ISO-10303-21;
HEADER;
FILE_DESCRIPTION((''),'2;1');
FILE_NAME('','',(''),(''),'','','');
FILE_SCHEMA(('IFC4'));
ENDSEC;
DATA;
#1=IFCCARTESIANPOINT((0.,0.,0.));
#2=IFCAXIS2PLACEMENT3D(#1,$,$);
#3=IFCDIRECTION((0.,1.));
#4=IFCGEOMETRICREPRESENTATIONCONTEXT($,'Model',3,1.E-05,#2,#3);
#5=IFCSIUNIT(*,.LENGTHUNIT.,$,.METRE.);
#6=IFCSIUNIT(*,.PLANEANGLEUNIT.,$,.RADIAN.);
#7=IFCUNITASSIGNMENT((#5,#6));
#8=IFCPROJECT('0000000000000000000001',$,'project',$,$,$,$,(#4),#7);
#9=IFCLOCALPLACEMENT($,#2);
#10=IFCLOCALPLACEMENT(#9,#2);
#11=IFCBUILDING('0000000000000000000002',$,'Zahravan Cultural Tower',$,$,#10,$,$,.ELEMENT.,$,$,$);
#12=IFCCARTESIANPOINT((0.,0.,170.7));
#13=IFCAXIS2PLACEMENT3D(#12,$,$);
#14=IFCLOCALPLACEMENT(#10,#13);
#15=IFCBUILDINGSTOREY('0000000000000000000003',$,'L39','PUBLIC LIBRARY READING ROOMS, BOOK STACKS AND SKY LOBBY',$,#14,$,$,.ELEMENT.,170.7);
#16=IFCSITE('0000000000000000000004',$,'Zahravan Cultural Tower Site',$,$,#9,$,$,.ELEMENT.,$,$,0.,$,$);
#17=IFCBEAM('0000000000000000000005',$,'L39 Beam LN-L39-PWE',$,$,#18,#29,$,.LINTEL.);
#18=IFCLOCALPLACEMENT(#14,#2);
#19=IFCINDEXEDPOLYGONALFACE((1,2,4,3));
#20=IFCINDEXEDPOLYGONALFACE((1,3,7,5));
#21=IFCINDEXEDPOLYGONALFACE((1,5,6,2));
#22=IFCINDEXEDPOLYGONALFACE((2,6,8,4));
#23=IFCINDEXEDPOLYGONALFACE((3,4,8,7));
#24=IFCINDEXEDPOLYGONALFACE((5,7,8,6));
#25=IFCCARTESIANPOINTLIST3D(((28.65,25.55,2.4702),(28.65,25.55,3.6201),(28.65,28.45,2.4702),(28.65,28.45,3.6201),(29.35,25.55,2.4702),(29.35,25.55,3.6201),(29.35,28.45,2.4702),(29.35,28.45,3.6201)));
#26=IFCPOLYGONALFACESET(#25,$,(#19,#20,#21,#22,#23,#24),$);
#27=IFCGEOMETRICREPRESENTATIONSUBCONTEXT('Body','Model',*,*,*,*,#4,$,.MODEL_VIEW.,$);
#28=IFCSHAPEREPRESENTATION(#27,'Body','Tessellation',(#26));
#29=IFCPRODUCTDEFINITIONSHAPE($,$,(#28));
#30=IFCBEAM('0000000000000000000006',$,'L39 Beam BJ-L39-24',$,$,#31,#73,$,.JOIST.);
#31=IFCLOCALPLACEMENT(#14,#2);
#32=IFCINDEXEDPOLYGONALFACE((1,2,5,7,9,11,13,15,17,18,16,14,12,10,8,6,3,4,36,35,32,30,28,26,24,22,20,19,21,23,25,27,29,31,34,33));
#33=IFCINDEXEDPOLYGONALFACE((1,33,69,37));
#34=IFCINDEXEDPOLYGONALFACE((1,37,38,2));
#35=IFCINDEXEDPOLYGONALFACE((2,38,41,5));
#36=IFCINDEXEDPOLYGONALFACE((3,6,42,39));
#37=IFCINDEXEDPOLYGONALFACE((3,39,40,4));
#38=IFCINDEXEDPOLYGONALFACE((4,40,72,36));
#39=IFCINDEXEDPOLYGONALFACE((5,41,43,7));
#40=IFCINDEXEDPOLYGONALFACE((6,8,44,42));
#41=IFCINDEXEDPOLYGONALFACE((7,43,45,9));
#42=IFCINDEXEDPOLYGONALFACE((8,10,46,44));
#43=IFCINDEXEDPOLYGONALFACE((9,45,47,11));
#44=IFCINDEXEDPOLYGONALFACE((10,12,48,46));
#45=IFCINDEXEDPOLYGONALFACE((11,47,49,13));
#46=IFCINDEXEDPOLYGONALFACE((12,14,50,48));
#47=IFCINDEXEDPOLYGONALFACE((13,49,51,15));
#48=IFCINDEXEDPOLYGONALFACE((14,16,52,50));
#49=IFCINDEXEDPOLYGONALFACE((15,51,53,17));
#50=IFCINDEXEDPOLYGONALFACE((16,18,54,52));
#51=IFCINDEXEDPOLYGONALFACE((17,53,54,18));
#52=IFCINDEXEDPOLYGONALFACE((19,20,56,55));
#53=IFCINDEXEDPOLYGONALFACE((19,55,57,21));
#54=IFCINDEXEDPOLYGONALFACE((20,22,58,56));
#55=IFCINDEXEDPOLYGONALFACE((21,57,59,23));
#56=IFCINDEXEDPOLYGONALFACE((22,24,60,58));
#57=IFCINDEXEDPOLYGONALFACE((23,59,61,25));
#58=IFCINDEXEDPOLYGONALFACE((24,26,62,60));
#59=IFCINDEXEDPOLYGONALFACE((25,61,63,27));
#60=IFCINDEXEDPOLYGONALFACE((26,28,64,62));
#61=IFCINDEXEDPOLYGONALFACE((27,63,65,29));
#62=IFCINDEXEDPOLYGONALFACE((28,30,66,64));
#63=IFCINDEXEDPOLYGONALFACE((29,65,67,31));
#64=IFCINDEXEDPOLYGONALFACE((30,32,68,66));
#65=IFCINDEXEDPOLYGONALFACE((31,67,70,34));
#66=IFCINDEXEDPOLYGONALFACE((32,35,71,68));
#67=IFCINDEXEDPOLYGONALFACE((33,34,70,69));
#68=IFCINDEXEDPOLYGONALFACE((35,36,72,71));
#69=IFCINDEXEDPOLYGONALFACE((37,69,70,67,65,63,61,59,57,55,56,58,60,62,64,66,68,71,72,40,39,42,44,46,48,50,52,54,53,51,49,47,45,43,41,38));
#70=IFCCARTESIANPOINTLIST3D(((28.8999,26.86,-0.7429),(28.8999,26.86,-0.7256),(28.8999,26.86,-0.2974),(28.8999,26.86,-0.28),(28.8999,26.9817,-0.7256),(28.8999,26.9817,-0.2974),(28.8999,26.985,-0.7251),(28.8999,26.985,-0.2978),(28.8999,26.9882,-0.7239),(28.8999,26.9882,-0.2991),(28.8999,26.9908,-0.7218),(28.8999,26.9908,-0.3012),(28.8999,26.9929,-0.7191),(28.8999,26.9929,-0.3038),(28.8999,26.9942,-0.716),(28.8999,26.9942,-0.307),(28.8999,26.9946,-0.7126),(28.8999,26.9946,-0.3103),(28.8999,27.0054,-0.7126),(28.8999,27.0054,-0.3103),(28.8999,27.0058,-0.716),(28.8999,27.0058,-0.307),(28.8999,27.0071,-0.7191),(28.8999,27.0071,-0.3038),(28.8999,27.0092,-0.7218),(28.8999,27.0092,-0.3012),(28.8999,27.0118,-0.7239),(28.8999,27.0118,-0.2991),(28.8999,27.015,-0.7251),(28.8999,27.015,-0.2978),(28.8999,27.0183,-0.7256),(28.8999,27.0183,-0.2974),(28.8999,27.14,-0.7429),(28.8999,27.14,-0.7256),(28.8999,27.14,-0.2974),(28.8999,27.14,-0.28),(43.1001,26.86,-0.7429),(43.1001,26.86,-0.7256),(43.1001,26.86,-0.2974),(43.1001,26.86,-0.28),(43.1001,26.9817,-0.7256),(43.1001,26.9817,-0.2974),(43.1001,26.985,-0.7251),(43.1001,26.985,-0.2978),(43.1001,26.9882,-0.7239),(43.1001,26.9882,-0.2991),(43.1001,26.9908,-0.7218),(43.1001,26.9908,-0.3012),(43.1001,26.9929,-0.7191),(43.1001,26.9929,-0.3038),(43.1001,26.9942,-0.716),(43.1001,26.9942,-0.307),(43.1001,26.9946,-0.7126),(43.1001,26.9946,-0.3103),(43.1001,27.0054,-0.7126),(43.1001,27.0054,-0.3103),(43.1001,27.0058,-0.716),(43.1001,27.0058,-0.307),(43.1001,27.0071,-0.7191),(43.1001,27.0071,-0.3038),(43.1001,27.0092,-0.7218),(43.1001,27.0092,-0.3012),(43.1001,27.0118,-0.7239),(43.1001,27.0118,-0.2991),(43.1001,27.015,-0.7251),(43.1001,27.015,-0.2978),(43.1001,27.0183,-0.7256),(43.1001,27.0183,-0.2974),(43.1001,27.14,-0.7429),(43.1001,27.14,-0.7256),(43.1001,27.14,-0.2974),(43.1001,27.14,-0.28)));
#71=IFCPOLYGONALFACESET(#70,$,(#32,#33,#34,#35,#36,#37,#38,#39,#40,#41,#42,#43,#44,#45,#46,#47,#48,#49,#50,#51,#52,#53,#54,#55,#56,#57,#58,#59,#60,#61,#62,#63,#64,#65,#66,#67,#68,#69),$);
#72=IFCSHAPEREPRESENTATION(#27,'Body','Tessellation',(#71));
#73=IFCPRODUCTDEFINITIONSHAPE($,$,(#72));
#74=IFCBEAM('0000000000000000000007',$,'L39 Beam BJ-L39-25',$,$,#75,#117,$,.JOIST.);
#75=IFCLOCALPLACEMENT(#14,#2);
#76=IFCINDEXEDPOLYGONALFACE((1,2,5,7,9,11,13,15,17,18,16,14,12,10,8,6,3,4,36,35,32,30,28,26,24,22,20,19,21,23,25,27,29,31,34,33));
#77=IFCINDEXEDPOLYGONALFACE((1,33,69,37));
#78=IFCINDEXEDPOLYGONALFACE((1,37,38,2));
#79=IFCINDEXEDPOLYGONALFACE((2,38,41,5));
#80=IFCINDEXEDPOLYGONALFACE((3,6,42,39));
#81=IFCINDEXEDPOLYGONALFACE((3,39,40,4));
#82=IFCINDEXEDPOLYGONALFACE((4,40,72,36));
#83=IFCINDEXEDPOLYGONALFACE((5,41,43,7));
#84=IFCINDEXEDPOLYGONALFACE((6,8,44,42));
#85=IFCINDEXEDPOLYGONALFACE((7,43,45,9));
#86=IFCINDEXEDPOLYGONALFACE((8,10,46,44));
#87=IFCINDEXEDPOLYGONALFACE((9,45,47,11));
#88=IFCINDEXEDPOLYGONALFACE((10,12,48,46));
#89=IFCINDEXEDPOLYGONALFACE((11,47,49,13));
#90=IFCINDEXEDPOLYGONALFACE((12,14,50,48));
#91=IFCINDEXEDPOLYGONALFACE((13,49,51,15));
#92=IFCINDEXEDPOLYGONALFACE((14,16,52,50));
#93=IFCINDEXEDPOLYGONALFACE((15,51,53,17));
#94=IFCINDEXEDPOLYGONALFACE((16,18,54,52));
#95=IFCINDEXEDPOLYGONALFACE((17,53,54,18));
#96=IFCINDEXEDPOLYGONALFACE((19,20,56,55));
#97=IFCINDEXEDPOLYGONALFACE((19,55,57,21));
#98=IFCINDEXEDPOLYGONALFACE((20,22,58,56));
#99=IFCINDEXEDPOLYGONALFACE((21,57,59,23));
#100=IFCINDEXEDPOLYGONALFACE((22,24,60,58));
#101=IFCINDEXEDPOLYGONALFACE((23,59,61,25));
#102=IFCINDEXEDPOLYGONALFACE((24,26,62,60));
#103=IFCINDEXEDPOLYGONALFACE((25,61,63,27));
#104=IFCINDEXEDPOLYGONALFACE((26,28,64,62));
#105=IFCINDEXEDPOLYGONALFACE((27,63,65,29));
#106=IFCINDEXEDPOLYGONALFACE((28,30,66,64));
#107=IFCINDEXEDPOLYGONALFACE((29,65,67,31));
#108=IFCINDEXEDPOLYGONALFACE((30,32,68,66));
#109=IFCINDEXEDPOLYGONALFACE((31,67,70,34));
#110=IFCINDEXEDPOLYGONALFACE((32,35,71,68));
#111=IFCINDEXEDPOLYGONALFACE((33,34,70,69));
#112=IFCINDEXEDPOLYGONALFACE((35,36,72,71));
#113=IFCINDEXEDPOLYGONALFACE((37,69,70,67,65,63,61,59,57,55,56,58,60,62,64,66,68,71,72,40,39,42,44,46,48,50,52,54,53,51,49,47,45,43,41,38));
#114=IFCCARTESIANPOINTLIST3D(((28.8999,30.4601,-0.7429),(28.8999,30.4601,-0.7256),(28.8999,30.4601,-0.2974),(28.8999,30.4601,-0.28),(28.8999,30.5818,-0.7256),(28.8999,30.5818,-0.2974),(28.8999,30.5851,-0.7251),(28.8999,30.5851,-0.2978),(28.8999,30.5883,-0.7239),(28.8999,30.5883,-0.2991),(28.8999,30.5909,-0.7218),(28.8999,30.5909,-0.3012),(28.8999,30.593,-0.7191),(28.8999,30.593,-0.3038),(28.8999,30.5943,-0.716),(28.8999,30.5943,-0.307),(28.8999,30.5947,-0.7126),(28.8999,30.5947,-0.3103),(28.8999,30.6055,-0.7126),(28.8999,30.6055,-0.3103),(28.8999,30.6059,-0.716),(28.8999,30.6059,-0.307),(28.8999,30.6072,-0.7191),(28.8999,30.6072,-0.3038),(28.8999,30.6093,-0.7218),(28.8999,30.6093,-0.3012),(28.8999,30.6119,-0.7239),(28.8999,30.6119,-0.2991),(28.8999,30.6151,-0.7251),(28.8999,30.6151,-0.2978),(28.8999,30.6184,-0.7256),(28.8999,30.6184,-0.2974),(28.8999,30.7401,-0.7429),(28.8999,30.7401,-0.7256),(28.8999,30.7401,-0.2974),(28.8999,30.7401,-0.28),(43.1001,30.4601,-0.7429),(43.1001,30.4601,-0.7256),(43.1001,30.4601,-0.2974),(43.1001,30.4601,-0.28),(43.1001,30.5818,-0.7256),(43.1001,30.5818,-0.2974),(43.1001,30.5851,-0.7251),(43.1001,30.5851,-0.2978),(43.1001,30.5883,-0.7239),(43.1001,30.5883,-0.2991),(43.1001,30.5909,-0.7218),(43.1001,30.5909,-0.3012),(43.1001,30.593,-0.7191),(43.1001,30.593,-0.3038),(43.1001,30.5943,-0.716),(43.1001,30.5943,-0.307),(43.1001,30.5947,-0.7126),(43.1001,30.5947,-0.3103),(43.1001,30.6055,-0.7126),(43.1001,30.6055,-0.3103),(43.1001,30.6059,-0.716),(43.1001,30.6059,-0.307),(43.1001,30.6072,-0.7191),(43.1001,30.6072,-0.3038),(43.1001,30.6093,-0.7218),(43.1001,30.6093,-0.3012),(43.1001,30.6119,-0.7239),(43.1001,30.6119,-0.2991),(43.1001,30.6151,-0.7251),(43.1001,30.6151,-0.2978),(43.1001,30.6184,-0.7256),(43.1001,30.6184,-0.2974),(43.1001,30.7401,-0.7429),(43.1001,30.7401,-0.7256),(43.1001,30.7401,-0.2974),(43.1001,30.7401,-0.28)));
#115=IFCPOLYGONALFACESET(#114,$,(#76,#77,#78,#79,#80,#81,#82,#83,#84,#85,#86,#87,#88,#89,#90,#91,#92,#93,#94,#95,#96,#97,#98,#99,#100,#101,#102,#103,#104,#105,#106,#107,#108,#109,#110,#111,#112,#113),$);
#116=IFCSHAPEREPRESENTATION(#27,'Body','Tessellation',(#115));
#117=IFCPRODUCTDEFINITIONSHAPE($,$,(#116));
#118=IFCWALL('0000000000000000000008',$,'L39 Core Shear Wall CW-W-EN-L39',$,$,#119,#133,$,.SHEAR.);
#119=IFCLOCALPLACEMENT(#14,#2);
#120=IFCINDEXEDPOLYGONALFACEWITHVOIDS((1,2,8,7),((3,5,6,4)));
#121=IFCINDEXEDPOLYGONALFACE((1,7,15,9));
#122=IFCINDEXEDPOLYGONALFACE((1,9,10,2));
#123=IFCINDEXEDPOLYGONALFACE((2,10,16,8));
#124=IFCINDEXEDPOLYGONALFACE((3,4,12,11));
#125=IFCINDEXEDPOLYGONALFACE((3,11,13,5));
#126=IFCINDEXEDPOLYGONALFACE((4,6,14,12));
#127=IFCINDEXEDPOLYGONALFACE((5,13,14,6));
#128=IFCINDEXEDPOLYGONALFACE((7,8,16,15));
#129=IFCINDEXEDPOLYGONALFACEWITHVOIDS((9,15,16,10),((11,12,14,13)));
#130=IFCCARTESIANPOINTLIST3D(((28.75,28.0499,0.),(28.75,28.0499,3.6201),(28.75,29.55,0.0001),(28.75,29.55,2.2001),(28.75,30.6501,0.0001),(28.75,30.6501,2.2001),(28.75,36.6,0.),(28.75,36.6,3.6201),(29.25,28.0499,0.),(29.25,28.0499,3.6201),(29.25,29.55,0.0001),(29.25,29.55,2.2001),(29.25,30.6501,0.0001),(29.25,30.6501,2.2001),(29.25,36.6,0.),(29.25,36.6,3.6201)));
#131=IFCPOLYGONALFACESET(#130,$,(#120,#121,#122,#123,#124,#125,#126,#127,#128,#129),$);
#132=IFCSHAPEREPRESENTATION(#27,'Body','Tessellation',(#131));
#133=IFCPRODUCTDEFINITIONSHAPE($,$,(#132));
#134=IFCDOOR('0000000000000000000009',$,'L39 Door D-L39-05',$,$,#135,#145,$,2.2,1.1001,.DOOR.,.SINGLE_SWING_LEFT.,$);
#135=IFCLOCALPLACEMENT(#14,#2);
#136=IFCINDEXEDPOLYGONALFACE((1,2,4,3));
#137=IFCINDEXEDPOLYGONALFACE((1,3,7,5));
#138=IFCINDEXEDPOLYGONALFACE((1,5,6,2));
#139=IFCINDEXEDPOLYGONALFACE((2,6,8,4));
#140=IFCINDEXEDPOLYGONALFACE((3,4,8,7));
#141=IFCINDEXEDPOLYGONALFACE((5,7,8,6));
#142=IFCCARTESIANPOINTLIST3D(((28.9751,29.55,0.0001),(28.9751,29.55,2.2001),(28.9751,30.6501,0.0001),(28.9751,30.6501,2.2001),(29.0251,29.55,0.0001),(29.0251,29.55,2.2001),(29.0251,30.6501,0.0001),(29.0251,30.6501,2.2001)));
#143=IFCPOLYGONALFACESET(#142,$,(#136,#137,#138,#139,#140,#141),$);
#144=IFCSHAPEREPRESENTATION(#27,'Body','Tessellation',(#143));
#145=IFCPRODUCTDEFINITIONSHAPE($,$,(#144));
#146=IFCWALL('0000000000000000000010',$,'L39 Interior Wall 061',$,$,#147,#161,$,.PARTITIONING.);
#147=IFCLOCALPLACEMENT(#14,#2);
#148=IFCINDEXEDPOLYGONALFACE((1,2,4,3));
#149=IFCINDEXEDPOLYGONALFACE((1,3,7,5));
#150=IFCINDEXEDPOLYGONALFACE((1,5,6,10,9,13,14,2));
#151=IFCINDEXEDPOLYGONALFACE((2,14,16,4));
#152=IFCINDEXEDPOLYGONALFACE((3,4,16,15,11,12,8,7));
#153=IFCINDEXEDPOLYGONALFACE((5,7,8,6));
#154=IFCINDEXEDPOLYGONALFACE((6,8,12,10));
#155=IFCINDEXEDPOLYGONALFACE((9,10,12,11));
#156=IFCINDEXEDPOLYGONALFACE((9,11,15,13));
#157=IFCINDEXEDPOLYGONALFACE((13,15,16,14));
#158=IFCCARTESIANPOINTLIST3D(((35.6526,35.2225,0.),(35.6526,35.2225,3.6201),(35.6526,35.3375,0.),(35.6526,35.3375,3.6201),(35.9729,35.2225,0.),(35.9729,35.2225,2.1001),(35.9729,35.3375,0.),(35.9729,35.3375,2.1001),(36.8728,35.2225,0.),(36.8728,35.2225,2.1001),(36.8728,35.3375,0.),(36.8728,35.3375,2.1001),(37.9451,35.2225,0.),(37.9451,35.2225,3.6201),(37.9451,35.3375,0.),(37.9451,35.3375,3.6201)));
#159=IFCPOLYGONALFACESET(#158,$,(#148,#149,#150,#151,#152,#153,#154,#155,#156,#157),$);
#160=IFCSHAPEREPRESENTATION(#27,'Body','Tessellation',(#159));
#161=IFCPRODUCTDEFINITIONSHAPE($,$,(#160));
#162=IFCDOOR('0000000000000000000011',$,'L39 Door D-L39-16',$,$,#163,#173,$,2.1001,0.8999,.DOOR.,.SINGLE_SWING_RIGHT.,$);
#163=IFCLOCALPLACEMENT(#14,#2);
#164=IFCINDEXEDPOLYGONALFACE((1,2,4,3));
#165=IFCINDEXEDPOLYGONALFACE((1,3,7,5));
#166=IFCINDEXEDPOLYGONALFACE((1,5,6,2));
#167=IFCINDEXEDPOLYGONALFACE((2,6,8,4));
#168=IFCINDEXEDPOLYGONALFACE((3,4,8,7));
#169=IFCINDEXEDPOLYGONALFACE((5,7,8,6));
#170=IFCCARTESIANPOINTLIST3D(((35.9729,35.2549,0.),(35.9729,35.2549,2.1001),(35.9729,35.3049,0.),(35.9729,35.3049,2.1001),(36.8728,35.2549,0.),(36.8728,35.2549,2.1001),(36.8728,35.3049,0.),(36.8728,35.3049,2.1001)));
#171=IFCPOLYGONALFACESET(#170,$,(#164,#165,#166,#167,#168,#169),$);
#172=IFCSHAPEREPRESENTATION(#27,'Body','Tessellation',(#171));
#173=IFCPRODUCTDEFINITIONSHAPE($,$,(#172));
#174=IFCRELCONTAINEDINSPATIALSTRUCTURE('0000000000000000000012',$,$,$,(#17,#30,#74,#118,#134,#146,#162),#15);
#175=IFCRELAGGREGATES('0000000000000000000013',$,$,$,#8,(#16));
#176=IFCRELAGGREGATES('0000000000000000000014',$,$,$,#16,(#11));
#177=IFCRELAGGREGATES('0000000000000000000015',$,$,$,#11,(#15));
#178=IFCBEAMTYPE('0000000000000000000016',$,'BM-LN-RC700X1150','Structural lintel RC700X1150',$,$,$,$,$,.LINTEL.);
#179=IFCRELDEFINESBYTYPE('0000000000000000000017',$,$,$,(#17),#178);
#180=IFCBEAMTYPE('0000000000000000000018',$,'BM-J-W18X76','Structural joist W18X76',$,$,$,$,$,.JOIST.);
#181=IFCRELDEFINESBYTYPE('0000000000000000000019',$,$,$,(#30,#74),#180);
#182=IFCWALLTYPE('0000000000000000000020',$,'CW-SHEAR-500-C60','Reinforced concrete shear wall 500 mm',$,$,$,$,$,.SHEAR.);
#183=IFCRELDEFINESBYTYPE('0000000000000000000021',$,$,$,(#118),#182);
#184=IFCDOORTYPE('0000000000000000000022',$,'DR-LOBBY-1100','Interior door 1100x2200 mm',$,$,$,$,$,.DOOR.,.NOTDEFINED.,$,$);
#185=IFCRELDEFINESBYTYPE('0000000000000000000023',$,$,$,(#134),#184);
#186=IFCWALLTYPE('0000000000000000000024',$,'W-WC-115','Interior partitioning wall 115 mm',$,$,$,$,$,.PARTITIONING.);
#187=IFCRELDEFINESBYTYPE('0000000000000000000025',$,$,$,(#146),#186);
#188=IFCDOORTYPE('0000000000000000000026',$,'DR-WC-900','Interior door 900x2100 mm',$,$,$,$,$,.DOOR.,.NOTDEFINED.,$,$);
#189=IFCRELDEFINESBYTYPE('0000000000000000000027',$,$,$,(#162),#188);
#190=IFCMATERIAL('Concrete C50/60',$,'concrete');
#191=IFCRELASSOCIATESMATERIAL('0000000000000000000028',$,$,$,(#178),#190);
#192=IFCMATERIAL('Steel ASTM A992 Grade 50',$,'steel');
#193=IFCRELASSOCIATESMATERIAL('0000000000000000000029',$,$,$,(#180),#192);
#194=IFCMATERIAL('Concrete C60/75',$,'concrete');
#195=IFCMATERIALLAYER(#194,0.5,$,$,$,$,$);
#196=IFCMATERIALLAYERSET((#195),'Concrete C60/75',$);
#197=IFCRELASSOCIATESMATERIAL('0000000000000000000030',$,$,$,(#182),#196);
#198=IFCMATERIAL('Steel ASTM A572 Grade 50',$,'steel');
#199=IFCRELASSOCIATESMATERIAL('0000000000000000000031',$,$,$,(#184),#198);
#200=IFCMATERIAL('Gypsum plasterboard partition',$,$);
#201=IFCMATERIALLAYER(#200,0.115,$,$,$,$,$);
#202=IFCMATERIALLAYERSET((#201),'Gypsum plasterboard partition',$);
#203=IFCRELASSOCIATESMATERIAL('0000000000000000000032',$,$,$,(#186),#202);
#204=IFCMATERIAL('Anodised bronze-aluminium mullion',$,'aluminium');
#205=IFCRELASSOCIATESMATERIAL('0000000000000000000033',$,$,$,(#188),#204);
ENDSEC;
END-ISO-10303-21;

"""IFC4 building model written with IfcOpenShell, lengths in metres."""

from ifc_helpers import new_model, si_unit, direction, frame, frame_2d, origin, origin_2d, place, context, subcontext, project, spatial, rectangle, i_section, extrude, source, transform, mapped, material, layer, layer_set, material_profile, profile_set, type_object, element, fill, save


model = new_model("IFC4")

# Units and contexts
model_context = context("Model", 3, precision=1e-05, world=origin(), true_north=direction((0.0, 1.0)))
body_context = subcontext(model_context, "Body", "Model", "MODEL_VIEW")
ifc_project = project(units=[si_unit("LENGTHUNIT", "METRE"), si_unit("PLANEANGLEUNIT", "RADIAN")], contexts=[model_context])

# Site, building, storey
site_placement = place(None, origin())
site = spatial("IfcSite", under=ifc_project, at=site_placement, Name="Zahravan Cultural Tower Site", CompositionType="ELEMENT", RefElevation=0.0)
building_placement = place(site_placement, origin())
building = spatial("IfcBuilding", under=site, at=building_placement, Name="Zahravan Cultural Tower", CompositionType="ELEMENT")
storey_placement = place(building_placement, frame((0.0, 0.0, 170.7)))
storey = spatial("IfcBuildingStorey", under=building, at=storey_placement, Name="L39", Description="PUBLIC LIBRARY READING ROOMS, BOOK STACKS AND SKY LOBBY", CompositionType="ELEMENT", Elevation=170.7)

# Beams
ifc_material_1 = material(Name="Concrete C50/60", Category="concrete")
ifc_material_profile_1 = material_profile(ifc_material_1, rectangle(XDim=0.7, YDim=1.1499, at=origin_2d()), Name="RC700X1150")
ifc_profile_set_1 = profile_set([ifc_material_profile_1], Name="Concrete C50/60")
beam_type_1 = type_object("IfcBeamType", Name="BM-LN-RC700X1150", Description="Structural lintel RC700X1150", PredefinedType="LINTEL", material=ifc_profile_set_1)
shared_shape_1 = source(origin(), body_context, "Body", "SweptSolid", [
    extrude(rectangle(XDim=0.7, YDim=1.1499, at=origin_2d()), origin(), (0.0, 0.0, 1.0), 2.8999),
])
beam_placement = place(storey_placement, frame((29.0, 25.55, 3.0452), z_axis=(0.0, 1.0, 0.0), x_axis=(-1.0, 0.0, 0.0)))
element("IfcBeam", 1, at=beam_placement, inside=storey, type_object=beam_type_1, Name="L39 Beam LN-L39-PWE", PredefinedType="LINTEL", context=body_context, shape_type="MappedRepresentation", body=[
    mapped(shared_shape_1, transform((0.0, 0.0, 0.0), x_axis=(1.0, 0.0, 0.0), y_axis=(0.0, 1.0, 0.0), z_axis=(0.0, 0.0, 1.0), scale=1.0)),
])
ifc_material_2 = material(Name="Steel ASTM A992 Grade 50", Category="steel")
ifc_material_profile_2 = material_profile(ifc_material_2, i_section(OverallWidth=0.28, OverallDepth=0.4629, WebThickness=0.0107, FlangeThickness=0.0173, FilletRadius=0.0129, at=origin_2d()), Name="W18X76")
ifc_profile_set_2 = profile_set([ifc_material_profile_2], Name="Steel ASTM A992 Grade 50")
beam_type_2 = type_object("IfcBeamType", Name="BM-J-W18X76", Description="Structural joist W18X76", PredefinedType="JOIST", material=ifc_profile_set_2)
shared_shape_2 = source(origin(), body_context, "Body", "SweptSolid", [
    extrude(i_section(OverallWidth=0.28, OverallDepth=0.4629, WebThickness=0.0107, FlangeThickness=0.0173, FilletRadius=0.0129, at=origin_2d()), origin(), (0.0, 0.0, 1.0), 14.2002),
])
for number, where, z_axis, x_axis, name in (
    (2, (28.8999, 27.0, -0.5115), (1.0, 0.0, 0.0), (0.0, 1.0, 0.0), "L39 Beam BJ-L39-24"),
    (3, (28.8999, 30.6001, -0.5115), (1.0, 0.0, 0.0), (0.0, 1.0, 0.0), "L39 Beam BJ-L39-25"),
):
    element("IfcBeam", number, at=place(storey_placement, frame(where, z_axis=z_axis, x_axis=x_axis)), inside=storey, type_object=beam_type_2, Name=name, PredefinedType="JOIST", context=body_context, shape_type="MappedRepresentation", body=[
        mapped(shared_shape_2, transform((0.0, 0.0, 0.0), x_axis=(1.0, 0.0, 0.0), y_axis=(0.0, 1.0, 0.0), z_axis=(0.0, 0.0, 1.0), scale=1.0)),
    ])

# Walls, openings, doors
ifc_material_3 = material(Name="Concrete C60/75", Category="concrete")
ifc_layer_1 = layer(ifc_material_3, 0.5)
ifc_layer_set_1 = layer_set([ifc_layer_1], Name="Concrete C60/75")
wall_type_1 = type_object("IfcWallType", Name="CW-SHEAR-500-C60", Description="Reinforced concrete shear wall 500 mm", PredefinedType="SHEAR", material=ifc_layer_set_1)
wall_1_placement = place(storey_placement, frame((29.0, 28.05, 0.0), z_axis=(0.0, 0.0, 1.0), x_axis=(0.0, 1.0, 0.0)))
wall_1 = element("IfcWall", 4, at=wall_1_placement, inside=storey, type_object=wall_type_1, Name="L39 Core Shear Wall CW-W-EN-L39", PredefinedType="SHEAR", context=body_context, shape_type="SweptSolid", body=[
    extrude(rectangle(XDim=8.55, YDim=0.5, at=frame_2d((4.2749, 0.0))), origin(), (0.0, 0.0, 1.0), 3.6201),
])
opening_1_placement = place(wall_1_placement, frame((1.5, 0.0, 0.0)))
opening_1 = element("IfcOpeningElement", 5, at=opening_1_placement, cuts=wall_1, PredefinedType="OPENING", context=body_context, shape_type="SweptSolid", body=[
    extrude(rectangle(XDim=1.1001, YDim=2.2, at=frame_2d((0.55, 1.1001))), frame((0.0, 0.26, 0.0), z_axis=(0.0, -1.0, 0.0), x_axis=(1.0, 0.0, 0.0)), (0.0, 0.0, 1.0), 0.52),
])
ifc_material_4 = material(Name="Steel ASTM A572 Grade 50", Category="steel")
door_type_1 = type_object("IfcDoorType", Name="DR-LOBBY-1100", Description="Interior door 1100x2200 mm", OperationType="NOTDEFINED", PredefinedType="DOOR", material=ifc_material_4)
shared_shape_3 = source(origin(), body_context, "Body", "SweptSolid", [
    extrude(rectangle(XDim=1.1001, YDim=2.2, at=frame_2d((0.55, 1.1001))), frame((0.0, 0.0249, 0.0), z_axis=(0.0, -1.0, 0.0), x_axis=(1.0, 0.0, 0.0)), (0.0, 0.0, 1.0), 0.05),
])
door_1_placement = place(opening_1_placement, origin())
door_1 = element("IfcDoor", 6, at=door_1_placement, inside=storey, type_object=door_type_1, Name="L39 Door D-L39-05", OperationType="SINGLE_SWING_LEFT", OverallHeight=2.2, OverallWidth=1.1001, PredefinedType="DOOR", context=body_context, shape_type="MappedRepresentation", body=[
    mapped(shared_shape_3, transform((0.0, 0.0, 0.0), x_axis=(1.0, 0.0, 0.0), y_axis=(0.0, 1.0, 0.0), z_axis=(0.0, 0.0, 1.0), scale=1.0)),
])
fill(opening_1, door_1)
ifc_material_5 = material(Name="Gypsum plasterboard partition")
ifc_material_6 = material(Name="Anodised bronze-aluminium mullion", Category="aluminium")
ifc_layer_2 = layer(ifc_material_5, 0.115)
ifc_layer_set_2 = layer_set([ifc_layer_2], Name="Gypsum plasterboard partition")
wall_type_2 = type_object("IfcWallType", Name="W-WC-115", Description="Interior partitioning wall 115 mm", PredefinedType="PARTITIONING", material=ifc_layer_set_2)
wall_2_placement = place(storey_placement, frame((35.6526, 35.28, 0.0), z_axis=(0.0, 0.0, 1.0), x_axis=(1.0, 0.0, 0.0)))
wall_2 = element("IfcWall", 7, at=wall_2_placement, inside=storey, type_object=wall_type_2, Name="L39 Interior Wall 061", PredefinedType="PARTITIONING", context=body_context, shape_type="SweptSolid", body=[
    extrude(rectangle(XDim=2.2925, YDim=0.115, at=frame_2d((1.1462, 0.0))), origin(), (0.0, 0.0, 1.0), 3.6201),
])
opening_2_placement = place(wall_2_placement, frame((0.3203, 0.0, 0.0)))
opening_2 = element("IfcOpeningElement", 8, at=opening_2_placement, cuts=wall_2, PredefinedType="OPENING", context=body_context, shape_type="SweptSolid", body=[
    extrude(rectangle(XDim=0.8999, YDim=2.1001, at=frame_2d((0.45, 1.05))), frame((0.0, 0.0674, 0.0), z_axis=(0.0, -1.0, 0.0), x_axis=(1.0, 0.0, 0.0)), (0.0, 0.0, 1.0), 0.135),
])
door_type_2 = type_object("IfcDoorType", Name="DR-WC-900", Description="Interior door 900x2100 mm", OperationType="NOTDEFINED", PredefinedType="DOOR", material=ifc_material_6)
shared_shape_4 = source(origin(), body_context, "Body", "SweptSolid", [
    extrude(rectangle(XDim=0.8999, YDim=2.1001, at=frame_2d((0.45, 1.05))), frame((0.0, 0.0249, 0.0), z_axis=(0.0, -1.0, 0.0), x_axis=(1.0, 0.0, 0.0)), (0.0, 0.0, 1.0), 0.05),
])
door_2_placement = place(opening_2_placement, origin())
door_2 = element("IfcDoor", 9, at=door_2_placement, inside=storey, type_object=door_type_2, Name="L39 Door D-L39-16", OperationType="SINGLE_SWING_RIGHT", OverallHeight=2.1001, OverallWidth=0.8999, PredefinedType="DOOR", context=body_context, shape_type="MappedRepresentation", body=[
    mapped(shared_shape_4, transform((0.0, 0.0, 0.0), x_axis=(1.0, 0.0, 0.0), y_axis=(0.0, 1.0, 0.0), z_axis=(0.0, 0.0, 1.0), scale=1.0)),
])
fill(opening_2, door_2)

save(model, "model.ifc")
